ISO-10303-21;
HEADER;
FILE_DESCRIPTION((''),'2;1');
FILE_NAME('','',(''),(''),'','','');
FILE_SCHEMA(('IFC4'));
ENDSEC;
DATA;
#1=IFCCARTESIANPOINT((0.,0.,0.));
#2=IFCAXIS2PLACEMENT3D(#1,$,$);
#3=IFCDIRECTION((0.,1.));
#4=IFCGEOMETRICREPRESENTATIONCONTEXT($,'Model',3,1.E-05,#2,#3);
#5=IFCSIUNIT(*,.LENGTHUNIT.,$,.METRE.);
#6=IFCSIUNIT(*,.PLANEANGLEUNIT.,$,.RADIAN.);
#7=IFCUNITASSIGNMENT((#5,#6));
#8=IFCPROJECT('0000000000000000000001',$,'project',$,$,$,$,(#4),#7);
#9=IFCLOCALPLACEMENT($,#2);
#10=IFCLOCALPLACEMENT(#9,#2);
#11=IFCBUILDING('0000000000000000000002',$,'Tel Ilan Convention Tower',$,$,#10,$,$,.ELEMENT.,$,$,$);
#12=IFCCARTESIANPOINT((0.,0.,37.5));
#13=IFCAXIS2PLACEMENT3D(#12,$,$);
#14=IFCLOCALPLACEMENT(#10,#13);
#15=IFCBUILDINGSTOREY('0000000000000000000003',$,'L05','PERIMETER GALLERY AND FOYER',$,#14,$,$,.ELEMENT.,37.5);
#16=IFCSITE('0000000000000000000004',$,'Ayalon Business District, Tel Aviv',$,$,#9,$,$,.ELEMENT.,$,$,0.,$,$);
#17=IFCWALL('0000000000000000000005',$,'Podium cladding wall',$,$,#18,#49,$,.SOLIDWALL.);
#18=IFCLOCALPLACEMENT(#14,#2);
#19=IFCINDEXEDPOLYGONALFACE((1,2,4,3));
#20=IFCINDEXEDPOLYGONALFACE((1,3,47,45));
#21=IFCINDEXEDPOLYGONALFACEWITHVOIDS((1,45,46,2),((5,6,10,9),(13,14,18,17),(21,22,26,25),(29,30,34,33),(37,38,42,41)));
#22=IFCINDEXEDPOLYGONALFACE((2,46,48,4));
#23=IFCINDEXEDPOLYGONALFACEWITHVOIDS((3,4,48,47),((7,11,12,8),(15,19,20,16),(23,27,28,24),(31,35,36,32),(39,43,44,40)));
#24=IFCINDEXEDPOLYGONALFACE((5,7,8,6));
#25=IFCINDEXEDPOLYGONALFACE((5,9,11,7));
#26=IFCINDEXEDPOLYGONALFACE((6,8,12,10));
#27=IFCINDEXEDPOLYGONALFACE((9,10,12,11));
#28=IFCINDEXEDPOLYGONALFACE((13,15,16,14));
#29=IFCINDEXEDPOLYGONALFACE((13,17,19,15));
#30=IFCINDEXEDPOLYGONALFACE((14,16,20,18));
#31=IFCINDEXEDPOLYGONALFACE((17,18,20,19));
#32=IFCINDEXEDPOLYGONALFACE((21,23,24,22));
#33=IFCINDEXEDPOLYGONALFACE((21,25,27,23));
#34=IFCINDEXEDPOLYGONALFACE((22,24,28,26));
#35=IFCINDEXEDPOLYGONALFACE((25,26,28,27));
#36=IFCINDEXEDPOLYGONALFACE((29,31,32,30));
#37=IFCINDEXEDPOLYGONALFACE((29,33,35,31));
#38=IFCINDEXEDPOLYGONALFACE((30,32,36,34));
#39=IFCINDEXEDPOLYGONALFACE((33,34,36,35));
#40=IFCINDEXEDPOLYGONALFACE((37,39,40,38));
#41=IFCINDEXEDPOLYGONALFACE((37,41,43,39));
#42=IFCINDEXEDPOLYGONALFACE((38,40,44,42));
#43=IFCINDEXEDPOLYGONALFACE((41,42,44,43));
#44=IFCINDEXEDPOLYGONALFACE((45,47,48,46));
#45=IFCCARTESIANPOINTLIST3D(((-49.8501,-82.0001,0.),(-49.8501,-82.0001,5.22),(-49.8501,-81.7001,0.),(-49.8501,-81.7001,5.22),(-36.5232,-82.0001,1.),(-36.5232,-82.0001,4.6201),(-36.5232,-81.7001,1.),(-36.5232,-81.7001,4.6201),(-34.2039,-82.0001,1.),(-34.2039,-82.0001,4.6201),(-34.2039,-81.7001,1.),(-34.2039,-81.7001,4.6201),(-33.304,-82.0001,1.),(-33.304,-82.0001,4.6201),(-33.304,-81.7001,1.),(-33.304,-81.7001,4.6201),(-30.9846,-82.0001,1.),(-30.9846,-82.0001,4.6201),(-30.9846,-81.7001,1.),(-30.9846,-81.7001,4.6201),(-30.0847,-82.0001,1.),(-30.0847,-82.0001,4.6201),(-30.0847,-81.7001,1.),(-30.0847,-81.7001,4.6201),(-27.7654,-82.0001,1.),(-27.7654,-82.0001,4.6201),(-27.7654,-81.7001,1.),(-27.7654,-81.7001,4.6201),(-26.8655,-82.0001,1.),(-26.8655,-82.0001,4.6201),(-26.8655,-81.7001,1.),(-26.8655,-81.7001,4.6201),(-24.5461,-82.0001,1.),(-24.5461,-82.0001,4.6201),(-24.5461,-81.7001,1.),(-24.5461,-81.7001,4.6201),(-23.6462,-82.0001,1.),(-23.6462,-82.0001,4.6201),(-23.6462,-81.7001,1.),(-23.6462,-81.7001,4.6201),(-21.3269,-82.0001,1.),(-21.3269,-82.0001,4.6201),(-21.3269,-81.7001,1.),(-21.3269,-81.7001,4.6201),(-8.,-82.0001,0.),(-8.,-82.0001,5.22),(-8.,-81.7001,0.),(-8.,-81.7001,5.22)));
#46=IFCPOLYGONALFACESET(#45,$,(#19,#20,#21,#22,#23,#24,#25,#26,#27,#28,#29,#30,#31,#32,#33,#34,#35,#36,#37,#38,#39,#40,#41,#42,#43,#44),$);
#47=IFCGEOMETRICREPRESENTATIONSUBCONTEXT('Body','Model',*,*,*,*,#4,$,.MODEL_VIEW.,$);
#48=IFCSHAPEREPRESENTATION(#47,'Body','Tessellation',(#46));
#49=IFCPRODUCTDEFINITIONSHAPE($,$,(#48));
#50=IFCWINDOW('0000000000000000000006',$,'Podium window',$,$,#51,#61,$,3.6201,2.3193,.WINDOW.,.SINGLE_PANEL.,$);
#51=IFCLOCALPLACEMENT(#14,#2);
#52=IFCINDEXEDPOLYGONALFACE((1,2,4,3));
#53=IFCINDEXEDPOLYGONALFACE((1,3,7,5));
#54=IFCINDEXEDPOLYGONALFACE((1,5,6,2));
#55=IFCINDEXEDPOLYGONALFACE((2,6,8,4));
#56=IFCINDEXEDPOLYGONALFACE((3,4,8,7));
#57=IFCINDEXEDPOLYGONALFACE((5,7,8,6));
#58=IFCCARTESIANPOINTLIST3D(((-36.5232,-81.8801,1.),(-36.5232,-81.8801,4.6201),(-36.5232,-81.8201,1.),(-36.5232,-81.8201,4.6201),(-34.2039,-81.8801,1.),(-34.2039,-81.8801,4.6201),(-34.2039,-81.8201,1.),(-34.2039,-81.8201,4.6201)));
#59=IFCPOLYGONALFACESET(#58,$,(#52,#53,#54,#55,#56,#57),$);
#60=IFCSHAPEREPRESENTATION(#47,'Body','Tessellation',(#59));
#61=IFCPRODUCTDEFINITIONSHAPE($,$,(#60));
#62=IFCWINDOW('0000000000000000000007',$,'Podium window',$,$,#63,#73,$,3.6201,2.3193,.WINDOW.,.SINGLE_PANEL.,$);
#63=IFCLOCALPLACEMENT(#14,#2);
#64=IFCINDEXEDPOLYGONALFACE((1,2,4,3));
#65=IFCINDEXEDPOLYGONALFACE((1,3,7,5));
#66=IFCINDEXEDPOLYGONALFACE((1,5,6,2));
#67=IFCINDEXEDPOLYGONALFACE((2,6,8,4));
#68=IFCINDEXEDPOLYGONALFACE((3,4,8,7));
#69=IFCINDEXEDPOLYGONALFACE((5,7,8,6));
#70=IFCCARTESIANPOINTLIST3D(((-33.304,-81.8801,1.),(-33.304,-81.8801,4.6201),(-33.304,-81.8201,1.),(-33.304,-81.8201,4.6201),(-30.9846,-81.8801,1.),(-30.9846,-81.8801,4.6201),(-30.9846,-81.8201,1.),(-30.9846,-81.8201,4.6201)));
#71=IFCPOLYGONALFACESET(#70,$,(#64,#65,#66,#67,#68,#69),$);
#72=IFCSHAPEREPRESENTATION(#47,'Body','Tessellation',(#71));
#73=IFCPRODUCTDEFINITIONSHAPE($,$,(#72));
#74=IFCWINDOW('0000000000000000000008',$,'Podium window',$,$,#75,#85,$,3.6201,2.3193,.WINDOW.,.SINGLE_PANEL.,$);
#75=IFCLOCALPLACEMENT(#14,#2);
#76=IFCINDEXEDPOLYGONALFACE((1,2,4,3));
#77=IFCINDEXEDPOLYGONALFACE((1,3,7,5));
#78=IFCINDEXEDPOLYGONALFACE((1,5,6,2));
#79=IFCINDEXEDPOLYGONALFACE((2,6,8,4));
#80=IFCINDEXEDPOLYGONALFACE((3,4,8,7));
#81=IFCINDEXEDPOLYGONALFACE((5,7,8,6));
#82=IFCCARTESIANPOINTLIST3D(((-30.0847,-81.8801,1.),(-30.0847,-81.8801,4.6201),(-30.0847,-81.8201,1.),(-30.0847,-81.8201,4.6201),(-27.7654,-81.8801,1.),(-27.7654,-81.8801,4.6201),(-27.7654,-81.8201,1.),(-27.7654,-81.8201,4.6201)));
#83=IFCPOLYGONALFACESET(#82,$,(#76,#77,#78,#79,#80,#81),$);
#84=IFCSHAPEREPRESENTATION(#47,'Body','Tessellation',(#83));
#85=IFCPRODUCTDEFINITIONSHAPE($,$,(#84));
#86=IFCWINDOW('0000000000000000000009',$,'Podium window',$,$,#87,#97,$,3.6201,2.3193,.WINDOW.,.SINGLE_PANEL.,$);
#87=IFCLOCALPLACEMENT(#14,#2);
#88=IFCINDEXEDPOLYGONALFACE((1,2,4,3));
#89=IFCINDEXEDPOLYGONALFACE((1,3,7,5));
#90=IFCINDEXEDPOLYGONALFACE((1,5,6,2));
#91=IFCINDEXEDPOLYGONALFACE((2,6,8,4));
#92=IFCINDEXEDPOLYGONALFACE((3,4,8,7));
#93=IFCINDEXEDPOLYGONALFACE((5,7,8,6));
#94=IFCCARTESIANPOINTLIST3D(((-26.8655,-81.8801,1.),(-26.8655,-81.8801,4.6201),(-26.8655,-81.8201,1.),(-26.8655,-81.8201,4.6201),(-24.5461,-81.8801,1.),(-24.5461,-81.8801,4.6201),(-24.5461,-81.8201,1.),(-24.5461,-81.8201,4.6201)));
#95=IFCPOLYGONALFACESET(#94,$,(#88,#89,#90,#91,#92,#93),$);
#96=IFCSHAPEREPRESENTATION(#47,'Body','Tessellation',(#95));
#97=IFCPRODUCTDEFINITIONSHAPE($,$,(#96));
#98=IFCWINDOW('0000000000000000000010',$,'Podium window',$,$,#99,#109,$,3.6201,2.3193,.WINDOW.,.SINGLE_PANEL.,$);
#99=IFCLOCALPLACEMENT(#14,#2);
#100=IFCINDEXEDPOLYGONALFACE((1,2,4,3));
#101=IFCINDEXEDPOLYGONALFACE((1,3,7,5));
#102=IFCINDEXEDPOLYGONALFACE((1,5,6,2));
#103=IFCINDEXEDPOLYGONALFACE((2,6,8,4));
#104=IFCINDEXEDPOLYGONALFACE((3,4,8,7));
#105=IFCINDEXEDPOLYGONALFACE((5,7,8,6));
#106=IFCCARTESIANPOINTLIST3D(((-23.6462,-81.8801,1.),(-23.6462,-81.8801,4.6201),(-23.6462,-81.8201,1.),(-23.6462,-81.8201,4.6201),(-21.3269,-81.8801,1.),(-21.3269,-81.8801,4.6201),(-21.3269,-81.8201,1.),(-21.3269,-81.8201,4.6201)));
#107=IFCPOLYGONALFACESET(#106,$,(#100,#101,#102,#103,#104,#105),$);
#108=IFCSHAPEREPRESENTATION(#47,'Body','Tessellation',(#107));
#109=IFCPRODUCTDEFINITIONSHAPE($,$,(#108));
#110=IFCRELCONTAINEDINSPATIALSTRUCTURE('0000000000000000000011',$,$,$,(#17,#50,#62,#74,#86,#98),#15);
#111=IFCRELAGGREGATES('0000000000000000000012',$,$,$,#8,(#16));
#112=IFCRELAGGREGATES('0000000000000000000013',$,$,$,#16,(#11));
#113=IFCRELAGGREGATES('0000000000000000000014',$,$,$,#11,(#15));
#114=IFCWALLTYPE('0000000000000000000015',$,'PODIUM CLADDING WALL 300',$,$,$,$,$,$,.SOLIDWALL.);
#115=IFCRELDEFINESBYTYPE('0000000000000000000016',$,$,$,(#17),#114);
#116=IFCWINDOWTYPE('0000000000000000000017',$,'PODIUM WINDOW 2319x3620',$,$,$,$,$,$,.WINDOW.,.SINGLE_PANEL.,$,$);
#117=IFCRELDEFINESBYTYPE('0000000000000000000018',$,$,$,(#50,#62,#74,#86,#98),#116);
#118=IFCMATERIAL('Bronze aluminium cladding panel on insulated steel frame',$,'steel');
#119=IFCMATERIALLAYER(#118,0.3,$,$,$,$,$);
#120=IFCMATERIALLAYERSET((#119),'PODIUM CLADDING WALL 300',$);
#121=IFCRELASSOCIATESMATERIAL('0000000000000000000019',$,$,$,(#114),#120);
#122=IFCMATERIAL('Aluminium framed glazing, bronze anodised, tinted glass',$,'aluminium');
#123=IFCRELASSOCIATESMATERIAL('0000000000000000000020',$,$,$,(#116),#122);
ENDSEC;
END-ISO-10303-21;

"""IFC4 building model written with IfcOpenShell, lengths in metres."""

from ifc_helpers import new_model, si_unit, direction, frame, frame_2d, origin, place, context, subcontext, project, spatial, rectangle, extrude, material, layer, layer_set, type_object, element, fill, save


model = new_model("IFC4")

# Units and contexts
model_context = context("Model", 3, precision=1e-05, world=origin(), true_north=direction((0.0, 1.0)))
body_context = subcontext(model_context, "Body", "Model", "MODEL_VIEW")
ifc_project = project(units=[si_unit("LENGTHUNIT", "METRE"), si_unit("PLANEANGLEUNIT", "RADIAN")], contexts=[model_context])

# Site, building, storey
site_placement = place(None, origin())
site = spatial("IfcSite", under=ifc_project, at=site_placement, Name="Ayalon Business District, Tel Aviv", CompositionType="ELEMENT", RefElevation=0.0)
building_placement = place(site_placement, origin())
building = spatial("IfcBuilding", under=site, at=building_placement, Name="Tel Ilan Convention Tower", CompositionType="ELEMENT")
storey_placement = place(building_placement, frame((0.0, 0.0, 37.5)))
storey = spatial("IfcBuildingStorey", under=building, at=storey_placement, Name="L05", Description="PERIMETER GALLERY AND FOYER", CompositionType="ELEMENT", Elevation=37.5)

# Wall, openings, windows
ifc_material_1 = material(Name="Bronze aluminium cladding panel on insulated steel frame", Category="steel")
ifc_layer = layer(ifc_material_1, 0.3)
ifc_layer_set = layer_set([ifc_layer], Name="PODIUM CLADDING WALL 300")
wall_type = type_object("IfcWallType", Name="PODIUM CLADDING WALL 300", PredefinedType="SOLIDWALL", material=ifc_layer_set)
wall_placement = place(storey_placement, frame((-49.8501, -81.8501, 0.0), z_axis=(0.0, 0.0, 1.0), x_axis=(1.0, 0.0, 0.0)))
wall = element("IfcWall", 1, at=wall_placement, inside=storey, type_object=wall_type, Name="Podium cladding wall", PredefinedType="SOLIDWALL", context=body_context, shape_type="SweptSolid", body=[
    extrude(rectangle(XDim=41.8501, YDim=0.3, at=frame_2d((20.925, 0.0))), origin(), (0.0, 0.0, 1.0), 5.22),
])
opening_1_placement = place(wall_placement, frame((13.3269, 0.0, 1.0)))
opening_1 = element("IfcOpeningElement", 2, at=opening_1_placement, cuts=wall, PredefinedType="OPENING", context=body_context, shape_type="SweptSolid", body=[
    extrude(rectangle(XDim=2.3193, YDim=3.6201, at=frame_2d((1.1597, 1.8101))), frame((0.0, 0.1599, 0.0), z_axis=(0.0, -1.0, 0.0), x_axis=(1.0, 0.0, 0.0)), (0.0, 0.0, 1.0), 0.3201),
])
opening_2_placement = place(wall_placement, frame((16.5461, 0.0, 1.0)))
opening_2 = element("IfcOpeningElement", 3, at=opening_2_placement, cuts=wall, PredefinedType="OPENING", context=body_context, shape_type="SweptSolid", body=[
    extrude(rectangle(XDim=2.3193, YDim=3.6201, at=frame_2d((1.1597, 1.8101))), frame((0.0, 0.1599, 0.0), z_axis=(0.0, -1.0, 0.0), x_axis=(1.0, 0.0, 0.0)), (0.0, 0.0, 1.0), 0.3201),
])
opening_3_placement = place(wall_placement, frame((19.7654, 0.0, 1.0)))
opening_3 = element("IfcOpeningElement", 4, at=opening_3_placement, cuts=wall, PredefinedType="OPENING", context=body_context, shape_type="SweptSolid", body=[
    extrude(rectangle(XDim=2.3193, YDim=3.6201, at=frame_2d((1.1597, 1.8101))), frame((0.0, 0.1599, 0.0), z_axis=(0.0, -1.0, 0.0), x_axis=(1.0, 0.0, 0.0)), (0.0, 0.0, 1.0), 0.3201),
])
opening_4_placement = place(wall_placement, frame((22.9846, 0.0, 1.0)))
opening_4 = element("IfcOpeningElement", 5, at=opening_4_placement, cuts=wall, PredefinedType="OPENING", context=body_context, shape_type="SweptSolid", body=[
    extrude(rectangle(XDim=2.3193, YDim=3.6201, at=frame_2d((1.1597, 1.8101))), frame((0.0, 0.1599, 0.0), z_axis=(0.0, -1.0, 0.0), x_axis=(1.0, 0.0, 0.0)), (0.0, 0.0, 1.0), 0.3201),
])
opening_5_placement = place(wall_placement, frame((26.2039, 0.0, 1.0)))
opening_5 = element("IfcOpeningElement", 6, at=opening_5_placement, cuts=wall, PredefinedType="OPENING", context=body_context, shape_type="SweptSolid", body=[
    extrude(rectangle(XDim=2.3193, YDim=3.6201, at=frame_2d((1.1597, 1.8101))), frame((0.0, 0.1599, 0.0), z_axis=(0.0, -1.0, 0.0), x_axis=(1.0, 0.0, 0.0)), (0.0, 0.0, 1.0), 0.3201),
])
ifc_material_2 = material(Name="Aluminium framed glazing, bronze anodised, tinted glass", Category="aluminium")
window_type = type_object("IfcWindowType", Name="PODIUM WINDOW 2319x3620", PartitioningType="SINGLE_PANEL", PredefinedType="WINDOW", material=ifc_material_2)
window_1_placement = place(opening_1_placement, origin())
window_1 = element("IfcWindow", 7, at=window_1_placement, inside=storey, type_object=window_type, Name="Podium window", OverallHeight=3.6201, OverallWidth=2.3193, PartitioningType="SINGLE_PANEL", PredefinedType="WINDOW", context=body_context, shape_type="SweptSolid", body=[
    extrude(rectangle(XDim=2.3193, YDim=3.6201, at=frame_2d((1.1597, 1.8101))), frame((0.0, 0.03, 0.0), z_axis=(0.0, -1.0, 0.0), x_axis=(1.0, 0.0, 0.0)), (0.0, 0.0, 1.0), 0.0601),
])
fill(opening_1, window_1)
window_2_placement = place(opening_2_placement, origin())
window_2 = element("IfcWindow", 8, at=window_2_placement, inside=storey, type_object=window_type, Name="Podium window", OverallHeight=3.6201, OverallWidth=2.3193, PartitioningType="SINGLE_PANEL", PredefinedType="WINDOW", context=body_context, shape_type="SweptSolid", body=[
    extrude(rectangle(XDim=2.3193, YDim=3.6201, at=frame_2d((1.1597, 1.8101))), frame((0.0, 0.03, 0.0), z_axis=(0.0, -1.0, 0.0), x_axis=(1.0, 0.0, 0.0)), (0.0, 0.0, 1.0), 0.0601),
])
fill(opening_2, window_2)
window_3_placement = place(opening_3_placement, origin())
window_3 = element("IfcWindow", 9, at=window_3_placement, inside=storey, type_object=window_type, Name="Podium window", OverallHeight=3.6201, OverallWidth=2.3193, PartitioningType="SINGLE_PANEL", PredefinedType="WINDOW", context=body_context, shape_type="SweptSolid", body=[
    extrude(rectangle(XDim=2.3193, YDim=3.6201, at=frame_2d((1.1597, 1.8101))), frame((0.0, 0.03, 0.0), z_axis=(0.0, -1.0, 0.0), x_axis=(1.0, 0.0, 0.0)), (0.0, 0.0, 1.0), 0.0601),
])
fill(opening_3, window_3)
window_4_placement = place(opening_4_placement, origin())
window_4 = element("IfcWindow", 10, at=window_4_placement, inside=storey, type_object=window_type, Name="Podium window", OverallHeight=3.6201, OverallWidth=2.3193, PartitioningType="SINGLE_PANEL", PredefinedType="WINDOW", context=body_context, shape_type="SweptSolid", body=[
    extrude(rectangle(XDim=2.3193, YDim=3.6201, at=frame_2d((1.1597, 1.8101))), frame((0.0, 0.03, 0.0), z_axis=(0.0, -1.0, 0.0), x_axis=(1.0, 0.0, 0.0)), (0.0, 0.0, 1.0), 0.0601),
])
fill(opening_4, window_4)
window_5_placement = place(opening_5_placement, origin())
window_5 = element("IfcWindow", 11, at=window_5_placement, inside=storey, type_object=window_type, Name="Podium window", OverallHeight=3.6201, OverallWidth=2.3193, PartitioningType="SINGLE_PANEL", PredefinedType="WINDOW", context=body_context, shape_type="SweptSolid", body=[
    extrude(rectangle(XDim=2.3193, YDim=3.6201, at=frame_2d((1.1597, 1.8101))), frame((0.0, 0.03, 0.0), z_axis=(0.0, -1.0, 0.0), x_axis=(1.0, 0.0, 0.0)), (0.0, 0.0, 1.0), 0.0601),
])
fill(opening_5, window_5)

save(model, "model.ifc")
